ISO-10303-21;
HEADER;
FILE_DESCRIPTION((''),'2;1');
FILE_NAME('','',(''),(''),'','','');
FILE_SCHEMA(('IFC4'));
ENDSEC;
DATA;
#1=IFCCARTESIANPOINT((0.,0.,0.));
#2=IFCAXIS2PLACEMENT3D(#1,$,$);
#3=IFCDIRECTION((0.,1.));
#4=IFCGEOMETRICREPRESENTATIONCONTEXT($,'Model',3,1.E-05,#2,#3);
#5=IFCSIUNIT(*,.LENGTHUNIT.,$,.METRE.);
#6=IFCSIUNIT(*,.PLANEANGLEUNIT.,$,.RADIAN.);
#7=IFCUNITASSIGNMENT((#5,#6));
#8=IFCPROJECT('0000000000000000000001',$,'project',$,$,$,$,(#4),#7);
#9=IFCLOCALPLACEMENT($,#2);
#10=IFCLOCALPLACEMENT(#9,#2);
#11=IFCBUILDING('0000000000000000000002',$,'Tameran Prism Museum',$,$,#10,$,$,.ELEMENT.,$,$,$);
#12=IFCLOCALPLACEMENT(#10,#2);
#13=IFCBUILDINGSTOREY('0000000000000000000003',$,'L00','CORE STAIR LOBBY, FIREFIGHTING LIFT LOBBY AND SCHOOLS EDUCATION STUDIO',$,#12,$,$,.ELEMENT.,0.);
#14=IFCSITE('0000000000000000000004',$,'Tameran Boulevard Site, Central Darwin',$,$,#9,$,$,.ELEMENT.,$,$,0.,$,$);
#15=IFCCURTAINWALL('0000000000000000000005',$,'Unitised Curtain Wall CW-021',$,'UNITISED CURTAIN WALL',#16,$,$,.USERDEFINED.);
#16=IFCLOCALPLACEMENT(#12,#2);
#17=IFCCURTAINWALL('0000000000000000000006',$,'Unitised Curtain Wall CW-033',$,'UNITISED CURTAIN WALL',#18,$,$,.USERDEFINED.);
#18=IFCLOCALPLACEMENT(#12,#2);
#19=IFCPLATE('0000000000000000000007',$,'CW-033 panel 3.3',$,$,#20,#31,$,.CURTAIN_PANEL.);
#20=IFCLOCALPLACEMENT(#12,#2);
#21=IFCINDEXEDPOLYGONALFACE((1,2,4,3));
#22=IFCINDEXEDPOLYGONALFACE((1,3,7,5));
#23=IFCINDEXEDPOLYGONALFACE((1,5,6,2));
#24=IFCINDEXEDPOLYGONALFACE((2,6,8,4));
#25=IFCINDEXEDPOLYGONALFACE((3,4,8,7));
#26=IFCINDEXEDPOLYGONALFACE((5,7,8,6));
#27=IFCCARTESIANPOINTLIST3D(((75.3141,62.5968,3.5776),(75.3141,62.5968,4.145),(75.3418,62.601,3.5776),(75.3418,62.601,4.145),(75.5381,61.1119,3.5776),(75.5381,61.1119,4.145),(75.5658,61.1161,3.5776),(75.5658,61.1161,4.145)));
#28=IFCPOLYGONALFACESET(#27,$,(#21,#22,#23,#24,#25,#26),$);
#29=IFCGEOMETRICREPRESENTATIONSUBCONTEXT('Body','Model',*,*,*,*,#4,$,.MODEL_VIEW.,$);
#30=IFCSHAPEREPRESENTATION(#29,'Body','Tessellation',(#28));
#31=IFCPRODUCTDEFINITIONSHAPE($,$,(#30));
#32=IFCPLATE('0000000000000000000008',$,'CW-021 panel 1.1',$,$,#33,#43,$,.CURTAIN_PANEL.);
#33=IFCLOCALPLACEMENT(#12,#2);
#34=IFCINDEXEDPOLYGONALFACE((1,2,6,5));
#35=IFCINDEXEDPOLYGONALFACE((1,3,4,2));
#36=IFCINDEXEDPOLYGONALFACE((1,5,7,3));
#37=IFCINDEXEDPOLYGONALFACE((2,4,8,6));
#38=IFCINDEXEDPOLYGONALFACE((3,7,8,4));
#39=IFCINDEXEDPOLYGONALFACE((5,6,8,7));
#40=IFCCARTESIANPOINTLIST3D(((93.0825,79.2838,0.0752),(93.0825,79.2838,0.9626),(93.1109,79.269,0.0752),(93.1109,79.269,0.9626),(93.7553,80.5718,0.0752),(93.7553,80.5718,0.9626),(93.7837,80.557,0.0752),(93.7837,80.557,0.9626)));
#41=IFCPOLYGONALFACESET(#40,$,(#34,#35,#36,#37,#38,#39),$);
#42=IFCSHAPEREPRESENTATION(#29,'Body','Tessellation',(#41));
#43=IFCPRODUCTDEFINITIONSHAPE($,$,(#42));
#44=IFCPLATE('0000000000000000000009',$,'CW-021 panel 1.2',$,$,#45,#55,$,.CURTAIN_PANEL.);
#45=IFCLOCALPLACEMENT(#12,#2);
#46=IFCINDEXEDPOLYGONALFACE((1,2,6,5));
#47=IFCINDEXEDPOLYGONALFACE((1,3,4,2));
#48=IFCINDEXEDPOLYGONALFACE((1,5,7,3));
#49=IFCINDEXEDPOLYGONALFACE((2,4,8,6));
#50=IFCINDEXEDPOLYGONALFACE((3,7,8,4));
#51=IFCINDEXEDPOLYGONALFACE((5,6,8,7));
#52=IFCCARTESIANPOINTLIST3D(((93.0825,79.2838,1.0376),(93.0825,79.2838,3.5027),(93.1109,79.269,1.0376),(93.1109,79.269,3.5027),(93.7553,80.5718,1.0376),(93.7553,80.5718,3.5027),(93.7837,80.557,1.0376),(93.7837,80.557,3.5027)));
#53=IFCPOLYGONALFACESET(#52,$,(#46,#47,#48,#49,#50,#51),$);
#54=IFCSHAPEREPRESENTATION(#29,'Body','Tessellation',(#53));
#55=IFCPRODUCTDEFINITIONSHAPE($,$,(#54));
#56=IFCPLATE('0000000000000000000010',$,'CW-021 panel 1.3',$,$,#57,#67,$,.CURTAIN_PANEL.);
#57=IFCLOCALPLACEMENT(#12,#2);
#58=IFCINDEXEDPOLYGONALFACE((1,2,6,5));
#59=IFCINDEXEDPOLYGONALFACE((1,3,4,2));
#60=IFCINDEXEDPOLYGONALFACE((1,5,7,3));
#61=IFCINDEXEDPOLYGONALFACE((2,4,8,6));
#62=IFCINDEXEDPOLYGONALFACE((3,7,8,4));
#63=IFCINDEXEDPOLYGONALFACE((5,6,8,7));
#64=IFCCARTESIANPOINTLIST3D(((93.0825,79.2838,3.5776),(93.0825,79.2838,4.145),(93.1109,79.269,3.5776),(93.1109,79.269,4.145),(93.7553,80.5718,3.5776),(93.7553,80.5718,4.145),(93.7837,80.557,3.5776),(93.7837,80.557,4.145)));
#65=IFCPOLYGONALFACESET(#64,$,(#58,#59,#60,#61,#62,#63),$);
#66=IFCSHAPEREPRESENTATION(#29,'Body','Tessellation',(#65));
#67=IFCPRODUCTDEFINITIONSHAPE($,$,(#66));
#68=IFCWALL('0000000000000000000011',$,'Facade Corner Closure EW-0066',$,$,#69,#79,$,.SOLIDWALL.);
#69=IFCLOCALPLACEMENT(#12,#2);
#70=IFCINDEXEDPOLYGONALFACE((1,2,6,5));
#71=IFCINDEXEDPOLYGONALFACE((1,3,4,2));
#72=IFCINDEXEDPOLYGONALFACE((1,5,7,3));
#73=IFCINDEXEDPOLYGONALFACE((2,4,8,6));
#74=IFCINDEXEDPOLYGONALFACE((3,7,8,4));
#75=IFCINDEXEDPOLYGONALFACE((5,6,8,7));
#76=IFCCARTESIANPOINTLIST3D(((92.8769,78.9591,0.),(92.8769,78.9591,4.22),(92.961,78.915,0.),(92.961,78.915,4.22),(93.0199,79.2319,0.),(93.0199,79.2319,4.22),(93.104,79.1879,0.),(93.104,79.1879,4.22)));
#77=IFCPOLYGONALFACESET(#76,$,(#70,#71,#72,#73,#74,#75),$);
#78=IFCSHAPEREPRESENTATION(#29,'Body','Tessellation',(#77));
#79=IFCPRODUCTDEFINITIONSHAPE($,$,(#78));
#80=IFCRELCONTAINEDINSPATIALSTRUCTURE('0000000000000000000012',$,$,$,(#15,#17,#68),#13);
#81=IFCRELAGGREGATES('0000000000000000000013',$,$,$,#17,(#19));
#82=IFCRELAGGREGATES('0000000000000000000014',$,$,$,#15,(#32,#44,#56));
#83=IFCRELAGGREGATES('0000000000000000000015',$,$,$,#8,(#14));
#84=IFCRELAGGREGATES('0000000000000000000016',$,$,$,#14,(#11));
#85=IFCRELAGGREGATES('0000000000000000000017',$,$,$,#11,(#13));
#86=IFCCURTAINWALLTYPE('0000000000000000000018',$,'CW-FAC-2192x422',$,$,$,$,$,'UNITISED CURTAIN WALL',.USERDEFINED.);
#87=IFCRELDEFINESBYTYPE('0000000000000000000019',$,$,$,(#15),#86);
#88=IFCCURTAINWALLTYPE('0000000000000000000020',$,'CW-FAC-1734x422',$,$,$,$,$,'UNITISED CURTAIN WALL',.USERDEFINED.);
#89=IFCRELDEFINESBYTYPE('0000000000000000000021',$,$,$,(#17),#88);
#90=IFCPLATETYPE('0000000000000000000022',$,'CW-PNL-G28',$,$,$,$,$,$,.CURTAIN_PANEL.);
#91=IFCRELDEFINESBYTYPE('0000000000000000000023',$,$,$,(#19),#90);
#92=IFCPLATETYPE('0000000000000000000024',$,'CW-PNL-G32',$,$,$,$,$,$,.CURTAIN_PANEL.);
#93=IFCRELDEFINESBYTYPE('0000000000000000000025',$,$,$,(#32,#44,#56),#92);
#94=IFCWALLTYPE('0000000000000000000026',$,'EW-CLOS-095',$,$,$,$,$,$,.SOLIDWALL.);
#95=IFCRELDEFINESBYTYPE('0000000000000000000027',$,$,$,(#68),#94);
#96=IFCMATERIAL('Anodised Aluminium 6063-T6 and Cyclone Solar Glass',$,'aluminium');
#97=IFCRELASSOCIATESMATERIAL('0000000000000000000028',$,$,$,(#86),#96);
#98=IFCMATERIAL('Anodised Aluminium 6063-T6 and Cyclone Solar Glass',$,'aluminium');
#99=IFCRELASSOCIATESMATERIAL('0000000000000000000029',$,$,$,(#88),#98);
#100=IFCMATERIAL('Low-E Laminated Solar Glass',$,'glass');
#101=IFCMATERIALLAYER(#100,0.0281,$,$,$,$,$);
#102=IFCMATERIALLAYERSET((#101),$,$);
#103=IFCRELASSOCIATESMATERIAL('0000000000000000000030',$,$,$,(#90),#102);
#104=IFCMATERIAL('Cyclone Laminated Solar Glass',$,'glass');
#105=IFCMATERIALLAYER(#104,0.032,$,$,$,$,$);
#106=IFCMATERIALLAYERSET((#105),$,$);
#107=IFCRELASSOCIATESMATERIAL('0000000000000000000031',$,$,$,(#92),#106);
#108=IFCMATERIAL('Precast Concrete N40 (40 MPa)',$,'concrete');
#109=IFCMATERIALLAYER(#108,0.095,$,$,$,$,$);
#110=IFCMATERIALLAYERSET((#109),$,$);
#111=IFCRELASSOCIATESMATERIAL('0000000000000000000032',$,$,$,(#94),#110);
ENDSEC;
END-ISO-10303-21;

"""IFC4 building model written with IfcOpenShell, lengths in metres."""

from ifc_helpers import new_model, si_unit, direction, frame, frame_2d, origin, origin_2d, place, context, subcontext, project, spatial, rectangle, extrude, material, layer, layer_set, type_object, element, aggregate, save


model = new_model("IFC4")

# Units and contexts
model_context = context("Model", 3, precision=1e-05, world=origin(), true_north=direction((0.0, 1.0)))
body_context = subcontext(model_context, "Body", "Model", "MODEL_VIEW")
ifc_project = project(units=[si_unit("LENGTHUNIT", "METRE"), si_unit("PLANEANGLEUNIT", "RADIAN")], contexts=[model_context])

# Site, building, storey
site_placement = place(None, origin())
site = spatial("IfcSite", under=ifc_project, at=site_placement, Name="Tameran Boulevard Site, Central Darwin", CompositionType="ELEMENT", RefElevation=0.0)
building_placement = place(site_placement, origin())
building = spatial("IfcBuilding", under=site, at=building_placement, Name="Tameran Prism Museum", CompositionType="ELEMENT")
storey_placement = place(building_placement, origin())
storey = spatial("IfcBuildingStorey", under=building, at=storey_placement, Name="L00", Description="CORE STAIR LOBBY, FIREFIGHTING LIFT LOBBY AND SCHOOLS EDUCATION STUDIO", CompositionType="ELEMENT", Elevation=0.0)

# Curtain walls
ifc_material_1 = material(Name="Anodised Aluminium 6063-T6 and Cyclone Solar Glass", Category="aluminium")
curtain_wall_type_1 = type_object("IfcCurtainWallType", Name="CW-FAC-2192x422", ElementType="UNITISED CURTAIN WALL", PredefinedType="USERDEFINED", material=ifc_material_1)
curtain_wall_1_placement = place(storey_placement, origin())
curtain_wall_1 = element("IfcCurtainWall", 1, at=curtain_wall_1_placement, inside=storey, type_object=curtain_wall_type_1, Name="Unitised Curtain Wall CW-021", ObjectType="UNITISED CURTAIN WALL", PredefinedType="USERDEFINED")
ifc_material_2 = material(Name="Anodised Aluminium 6063-T6 and Cyclone Solar Glass", Category="aluminium")
curtain_wall_type_2 = type_object("IfcCurtainWallType", Name="CW-FAC-1734x422", ElementType="UNITISED CURTAIN WALL", PredefinedType="USERDEFINED", material=ifc_material_2)
curtain_wall_2_placement = place(storey_placement, origin())
curtain_wall_2 = element("IfcCurtainWall", 2, at=curtain_wall_2_placement, inside=storey, type_object=curtain_wall_type_2, Name="Unitised Curtain Wall CW-033", ObjectType="UNITISED CURTAIN WALL", PredefinedType="USERDEFINED")

# Plates
ifc_material_3 = material(Name="Low-E Laminated Solar Glass", Category="glass")
ifc_layer_1 = layer(ifc_material_3, 0.0281)
ifc_layer_set_1 = layer_set([ifc_layer_1])
plate_type_1 = type_object("IfcPlateType", Name="CW-PNL-G28", PredefinedType="CURTAIN_PANEL", material=ifc_layer_set_1)
plate_1_placement = place(storey_placement, frame((75.4399, 61.8564, 3.5776), z_axis=(0.0, 0.0, 1.0), x_axis=(0.149167, -0.988812, 0.0)))
plate_1 = element("IfcPlate", 3, at=plate_1_placement, type_object=plate_type_1, Name="CW-033 panel 3.3", PredefinedType="CURTAIN_PANEL", context=body_context, shape_type="SweptSolid", body=[
    extrude(rectangle(XDim=1.5017, YDim=0.0281, at=origin_2d()), origin(), (0.0, 0.0, 1.0), 0.5674),
])
aggregate(curtain_wall_2, [plate_1])
ifc_material_4 = material(Name="Cyclone Laminated Solar Glass", Category="glass")
ifc_layer_2 = layer(ifc_material_4, 0.032)
ifc_layer_set_2 = layer_set([ifc_layer_2])
plate_type_2 = type_object("IfcPlateType", Name="CW-PNL-G32", PredefinedType="CURTAIN_PANEL", material=ifc_layer_set_2)
plate_2_placement = place(storey_placement, frame((93.4331, 79.9204, 0.0752), z_axis=(0.0, 0.0, 1.0), x_axis=(0.463003, 0.886357, 0.0)))
plate_2 = element("IfcPlate", 4, at=plate_2_placement, type_object=plate_type_2, Name="CW-021 panel 1.1", PredefinedType="CURTAIN_PANEL", context=body_context, shape_type="SweptSolid", body=[
    extrude(rectangle(XDim=1.4531, YDim=0.032, at=origin_2d()), origin(), (0.0, 0.0, 1.0), 0.8875),
])
plate_3_placement = place(storey_placement, frame((93.4331, 79.9204, 1.0376), z_axis=(0.0, 0.0, 1.0), x_axis=(0.463003, 0.886357, 0.0)))
plate_3 = element("IfcPlate", 5, at=plate_3_placement, type_object=plate_type_2, Name="CW-021 panel 1.2", PredefinedType="CURTAIN_PANEL", context=body_context, shape_type="SweptSolid", body=[
    extrude(rectangle(XDim=1.4531, YDim=0.032, at=origin_2d()), origin(), (0.0, 0.0, 1.0), 2.4651),
])
plate_4_placement = place(storey_placement, frame((93.4331, 79.9204, 3.5776), z_axis=(0.0, 0.0, 1.0), x_axis=(0.463003, 0.886357, 0.0)))
plate_4 = element("IfcPlate", 6, at=plate_4_placement, type_object=plate_type_2, Name="CW-021 panel 1.3", PredefinedType="CURTAIN_PANEL", context=body_context, shape_type="SweptSolid", body=[
    extrude(rectangle(XDim=1.4531, YDim=0.032, at=origin_2d()), origin(), (0.0, 0.0, 1.0), 0.5674),
])
aggregate(curtain_wall_1, [plate_2, plate_3, plate_4])

# Wall
ifc_material_5 = material(Name="Precast Concrete N40 (40 MPa)", Category="concrete")
ifc_layer_3 = layer(ifc_material_5, 0.095)
ifc_layer_set_3 = layer_set([ifc_layer_3])
wall_type = type_object("IfcWallType", Name="EW-CLOS-095", PredefinedType="SOLIDWALL", material=ifc_layer_set_3)
wall_placement = place(storey_placement, frame((92.9189, 78.937, 0.0), z_axis=(0.0, 0.0, 1.0), x_axis=(0.464244, 0.885707, 0.0)))
element("IfcWall", 7, at=wall_placement, inside=storey, type_object=wall_type, Name="Facade Corner Closure EW-0066", PredefinedType="SOLIDWALL", context=body_context, shape_type="SweptSolid", body=[
    extrude(rectangle(XDim=0.3081, YDim=0.095, at=frame_2d((0.1541, 0.0))), origin(), (0.0, 0.0, 1.0), 4.22),
])

save(model, "model.ifc")
